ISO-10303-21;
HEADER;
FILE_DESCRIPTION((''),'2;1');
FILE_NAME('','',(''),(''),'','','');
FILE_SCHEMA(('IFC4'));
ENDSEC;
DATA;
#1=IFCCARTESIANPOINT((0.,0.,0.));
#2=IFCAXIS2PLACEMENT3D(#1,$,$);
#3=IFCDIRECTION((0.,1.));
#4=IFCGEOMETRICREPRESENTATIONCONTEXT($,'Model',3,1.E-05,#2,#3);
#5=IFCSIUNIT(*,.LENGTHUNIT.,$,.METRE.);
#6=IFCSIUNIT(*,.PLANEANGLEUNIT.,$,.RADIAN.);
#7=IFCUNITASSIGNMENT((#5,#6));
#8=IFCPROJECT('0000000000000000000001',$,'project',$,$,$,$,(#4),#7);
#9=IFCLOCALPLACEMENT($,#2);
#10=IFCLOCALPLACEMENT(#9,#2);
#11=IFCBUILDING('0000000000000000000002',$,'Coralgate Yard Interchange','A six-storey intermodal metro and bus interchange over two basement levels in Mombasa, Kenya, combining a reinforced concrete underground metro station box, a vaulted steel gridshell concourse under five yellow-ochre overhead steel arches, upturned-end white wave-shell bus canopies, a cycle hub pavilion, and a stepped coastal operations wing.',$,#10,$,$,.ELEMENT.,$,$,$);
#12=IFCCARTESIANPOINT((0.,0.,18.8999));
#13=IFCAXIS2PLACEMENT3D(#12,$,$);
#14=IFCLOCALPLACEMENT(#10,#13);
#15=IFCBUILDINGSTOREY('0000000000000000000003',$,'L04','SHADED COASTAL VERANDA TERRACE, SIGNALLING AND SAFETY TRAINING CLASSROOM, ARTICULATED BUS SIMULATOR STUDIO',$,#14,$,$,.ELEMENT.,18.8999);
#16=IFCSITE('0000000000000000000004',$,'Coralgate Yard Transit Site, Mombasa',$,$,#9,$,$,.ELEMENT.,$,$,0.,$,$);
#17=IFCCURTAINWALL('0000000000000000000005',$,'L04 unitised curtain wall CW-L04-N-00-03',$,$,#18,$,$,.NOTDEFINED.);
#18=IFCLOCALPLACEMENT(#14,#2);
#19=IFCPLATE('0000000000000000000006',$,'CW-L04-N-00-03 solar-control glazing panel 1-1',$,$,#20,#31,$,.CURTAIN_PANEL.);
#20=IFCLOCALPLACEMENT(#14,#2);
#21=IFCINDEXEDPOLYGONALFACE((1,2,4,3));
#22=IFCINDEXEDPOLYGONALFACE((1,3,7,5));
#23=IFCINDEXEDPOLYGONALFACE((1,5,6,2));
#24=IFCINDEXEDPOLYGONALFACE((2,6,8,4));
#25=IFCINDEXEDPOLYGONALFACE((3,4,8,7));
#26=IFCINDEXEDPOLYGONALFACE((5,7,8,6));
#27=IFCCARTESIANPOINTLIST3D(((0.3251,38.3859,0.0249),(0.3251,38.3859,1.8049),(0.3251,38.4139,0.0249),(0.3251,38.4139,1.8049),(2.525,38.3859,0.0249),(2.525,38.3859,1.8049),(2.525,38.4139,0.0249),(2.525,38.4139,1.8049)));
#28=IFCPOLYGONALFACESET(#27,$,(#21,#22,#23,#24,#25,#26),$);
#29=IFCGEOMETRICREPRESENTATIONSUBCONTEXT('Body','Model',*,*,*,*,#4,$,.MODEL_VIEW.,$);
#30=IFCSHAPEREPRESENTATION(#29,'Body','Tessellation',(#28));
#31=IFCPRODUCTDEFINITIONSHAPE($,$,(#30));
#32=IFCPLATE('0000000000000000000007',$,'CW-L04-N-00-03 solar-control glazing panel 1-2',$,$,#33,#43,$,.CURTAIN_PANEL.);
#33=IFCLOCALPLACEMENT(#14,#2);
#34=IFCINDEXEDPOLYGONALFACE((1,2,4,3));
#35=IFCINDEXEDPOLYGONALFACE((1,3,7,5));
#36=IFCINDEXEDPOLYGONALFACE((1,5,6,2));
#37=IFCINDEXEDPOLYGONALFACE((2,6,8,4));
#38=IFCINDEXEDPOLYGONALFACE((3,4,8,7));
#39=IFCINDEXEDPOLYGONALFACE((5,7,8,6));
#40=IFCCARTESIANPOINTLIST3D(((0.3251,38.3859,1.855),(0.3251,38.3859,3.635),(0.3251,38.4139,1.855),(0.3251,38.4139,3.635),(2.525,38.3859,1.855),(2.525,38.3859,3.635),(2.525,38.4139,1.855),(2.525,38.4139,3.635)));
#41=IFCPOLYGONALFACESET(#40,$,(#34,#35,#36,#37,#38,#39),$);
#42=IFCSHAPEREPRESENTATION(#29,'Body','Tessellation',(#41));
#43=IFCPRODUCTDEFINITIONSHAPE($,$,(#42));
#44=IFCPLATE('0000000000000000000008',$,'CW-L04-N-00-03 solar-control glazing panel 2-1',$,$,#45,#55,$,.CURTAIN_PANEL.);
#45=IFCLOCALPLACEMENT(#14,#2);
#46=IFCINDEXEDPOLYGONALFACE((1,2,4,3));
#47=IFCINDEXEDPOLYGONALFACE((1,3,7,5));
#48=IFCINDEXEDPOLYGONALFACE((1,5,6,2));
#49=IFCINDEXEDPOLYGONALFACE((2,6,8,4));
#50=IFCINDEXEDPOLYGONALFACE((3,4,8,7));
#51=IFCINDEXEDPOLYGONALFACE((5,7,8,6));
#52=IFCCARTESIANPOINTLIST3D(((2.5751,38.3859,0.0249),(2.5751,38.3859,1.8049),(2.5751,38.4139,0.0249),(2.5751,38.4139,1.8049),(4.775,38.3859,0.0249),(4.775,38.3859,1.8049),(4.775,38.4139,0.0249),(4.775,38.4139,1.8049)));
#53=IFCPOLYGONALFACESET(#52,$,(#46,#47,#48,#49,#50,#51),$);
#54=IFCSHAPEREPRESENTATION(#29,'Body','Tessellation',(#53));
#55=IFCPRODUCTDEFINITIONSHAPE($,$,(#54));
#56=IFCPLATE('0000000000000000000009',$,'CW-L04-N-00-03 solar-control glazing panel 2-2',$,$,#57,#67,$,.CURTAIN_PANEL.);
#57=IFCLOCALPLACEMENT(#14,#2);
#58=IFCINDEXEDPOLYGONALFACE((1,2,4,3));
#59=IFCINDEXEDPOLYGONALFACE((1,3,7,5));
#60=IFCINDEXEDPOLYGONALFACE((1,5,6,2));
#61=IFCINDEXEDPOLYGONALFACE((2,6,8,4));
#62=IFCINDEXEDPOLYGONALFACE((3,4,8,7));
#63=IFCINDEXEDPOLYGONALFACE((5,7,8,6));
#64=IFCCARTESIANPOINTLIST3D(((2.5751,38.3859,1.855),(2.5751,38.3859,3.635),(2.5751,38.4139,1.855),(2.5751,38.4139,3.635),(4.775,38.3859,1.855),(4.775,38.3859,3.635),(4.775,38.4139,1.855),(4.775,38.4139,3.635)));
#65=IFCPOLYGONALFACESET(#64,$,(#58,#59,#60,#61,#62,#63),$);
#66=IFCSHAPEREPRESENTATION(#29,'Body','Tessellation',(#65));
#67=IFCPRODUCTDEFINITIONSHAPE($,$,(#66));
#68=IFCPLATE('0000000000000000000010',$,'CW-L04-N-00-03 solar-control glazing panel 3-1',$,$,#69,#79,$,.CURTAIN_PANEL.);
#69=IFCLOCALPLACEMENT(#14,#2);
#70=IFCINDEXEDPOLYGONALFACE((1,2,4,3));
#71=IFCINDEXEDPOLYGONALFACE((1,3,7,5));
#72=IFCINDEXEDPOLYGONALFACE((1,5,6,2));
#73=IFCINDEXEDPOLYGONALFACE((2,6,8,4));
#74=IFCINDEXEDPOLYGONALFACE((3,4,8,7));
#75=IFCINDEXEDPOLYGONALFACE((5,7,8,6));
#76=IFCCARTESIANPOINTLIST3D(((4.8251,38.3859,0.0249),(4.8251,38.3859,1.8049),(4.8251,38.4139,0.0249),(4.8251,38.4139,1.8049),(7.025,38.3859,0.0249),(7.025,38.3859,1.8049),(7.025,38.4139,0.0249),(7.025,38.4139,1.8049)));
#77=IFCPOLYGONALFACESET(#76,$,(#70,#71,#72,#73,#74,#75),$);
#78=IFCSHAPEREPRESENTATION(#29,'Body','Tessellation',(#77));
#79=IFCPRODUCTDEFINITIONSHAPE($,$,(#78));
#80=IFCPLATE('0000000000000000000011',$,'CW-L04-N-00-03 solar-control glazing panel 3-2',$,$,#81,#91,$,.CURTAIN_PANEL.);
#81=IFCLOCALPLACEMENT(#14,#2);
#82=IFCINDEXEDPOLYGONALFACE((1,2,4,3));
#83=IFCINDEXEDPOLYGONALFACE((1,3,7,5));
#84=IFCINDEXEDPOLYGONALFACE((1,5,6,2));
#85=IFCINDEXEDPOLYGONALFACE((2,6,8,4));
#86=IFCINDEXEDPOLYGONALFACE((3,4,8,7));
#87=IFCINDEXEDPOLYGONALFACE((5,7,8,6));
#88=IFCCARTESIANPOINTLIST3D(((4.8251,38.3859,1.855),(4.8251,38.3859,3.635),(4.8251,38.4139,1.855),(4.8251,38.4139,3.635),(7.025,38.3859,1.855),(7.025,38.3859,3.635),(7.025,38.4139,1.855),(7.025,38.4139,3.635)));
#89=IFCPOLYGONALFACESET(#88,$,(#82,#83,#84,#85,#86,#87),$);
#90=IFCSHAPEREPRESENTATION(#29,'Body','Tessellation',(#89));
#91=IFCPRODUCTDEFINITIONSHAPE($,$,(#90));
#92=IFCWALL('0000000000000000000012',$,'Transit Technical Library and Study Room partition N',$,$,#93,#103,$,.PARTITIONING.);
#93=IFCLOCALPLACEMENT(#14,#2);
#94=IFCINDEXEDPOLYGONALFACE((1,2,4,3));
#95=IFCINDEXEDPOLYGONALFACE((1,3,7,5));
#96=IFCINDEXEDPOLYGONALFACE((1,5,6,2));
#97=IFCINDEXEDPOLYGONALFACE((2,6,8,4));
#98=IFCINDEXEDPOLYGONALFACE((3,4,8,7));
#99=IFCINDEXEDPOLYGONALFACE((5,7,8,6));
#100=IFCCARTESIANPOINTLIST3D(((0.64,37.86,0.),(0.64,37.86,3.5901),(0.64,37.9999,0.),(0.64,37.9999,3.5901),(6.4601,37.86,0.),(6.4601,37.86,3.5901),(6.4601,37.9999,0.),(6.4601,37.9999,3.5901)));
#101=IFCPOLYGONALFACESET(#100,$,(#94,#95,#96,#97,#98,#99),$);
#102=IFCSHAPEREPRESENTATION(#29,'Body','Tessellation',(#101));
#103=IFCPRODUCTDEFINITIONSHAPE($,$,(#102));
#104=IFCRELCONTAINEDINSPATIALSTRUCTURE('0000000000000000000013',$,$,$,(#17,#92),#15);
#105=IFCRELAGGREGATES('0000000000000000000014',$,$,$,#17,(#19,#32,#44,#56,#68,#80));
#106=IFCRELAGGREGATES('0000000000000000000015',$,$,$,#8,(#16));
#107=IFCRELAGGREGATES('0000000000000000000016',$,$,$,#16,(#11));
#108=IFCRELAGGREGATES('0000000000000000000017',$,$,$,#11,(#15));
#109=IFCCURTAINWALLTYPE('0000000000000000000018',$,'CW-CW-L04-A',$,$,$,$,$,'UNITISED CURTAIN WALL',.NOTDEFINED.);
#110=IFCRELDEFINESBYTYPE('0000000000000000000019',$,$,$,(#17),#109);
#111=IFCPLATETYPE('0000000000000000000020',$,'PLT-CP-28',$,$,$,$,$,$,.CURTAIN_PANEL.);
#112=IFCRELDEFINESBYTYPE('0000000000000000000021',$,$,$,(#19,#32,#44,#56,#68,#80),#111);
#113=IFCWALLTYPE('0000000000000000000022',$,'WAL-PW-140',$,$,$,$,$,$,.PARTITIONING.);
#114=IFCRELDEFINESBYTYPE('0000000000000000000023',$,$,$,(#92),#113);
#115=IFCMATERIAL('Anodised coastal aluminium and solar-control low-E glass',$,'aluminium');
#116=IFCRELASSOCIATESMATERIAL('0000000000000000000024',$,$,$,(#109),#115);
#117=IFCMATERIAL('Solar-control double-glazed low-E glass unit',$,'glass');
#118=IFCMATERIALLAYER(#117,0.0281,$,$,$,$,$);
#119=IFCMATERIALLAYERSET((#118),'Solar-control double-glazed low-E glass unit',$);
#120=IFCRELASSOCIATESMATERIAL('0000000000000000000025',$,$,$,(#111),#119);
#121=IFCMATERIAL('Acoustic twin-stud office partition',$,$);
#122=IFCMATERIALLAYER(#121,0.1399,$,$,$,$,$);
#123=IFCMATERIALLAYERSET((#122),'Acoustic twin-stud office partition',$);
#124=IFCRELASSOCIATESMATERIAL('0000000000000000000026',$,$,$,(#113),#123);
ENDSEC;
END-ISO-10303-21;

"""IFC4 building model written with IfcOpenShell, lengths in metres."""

from ifc_helpers import new_model, si_unit, direction, frame, frame_2d, origin, origin_2d, place, context, subcontext, project, spatial, rectangle, extrude, material, layer, layer_set, type_object, element, aggregate, save


model = new_model("IFC4")

# Units and contexts
model_context = context("Model", 3, precision=1e-05, world=origin(), true_north=direction((0.0, 1.0)))
body_context = subcontext(model_context, "Body", "Model", "MODEL_VIEW")
ifc_project = project(units=[si_unit("LENGTHUNIT", "METRE"), si_unit("PLANEANGLEUNIT", "RADIAN")], contexts=[model_context])

# Site, building, storey
site_placement = place(None, origin())
site = spatial("IfcSite", under=ifc_project, at=site_placement, Name="Coralgate Yard Transit Site, Mombasa", CompositionType="ELEMENT", RefElevation=0.0)
building_placement = place(site_placement, origin())
building = spatial("IfcBuilding", under=site, at=building_placement, Name="Coralgate Yard Interchange", Description="A six-storey intermodal metro and bus interchange over two basement levels in Mombasa, Kenya, combining a reinforced concrete underground metro station box, a vaulted steel gridshell concourse under five yellow-ochre overhead steel arches, upturned-end white wave-shell bus canopies, a cycle hub pavilion, and a stepped coastal operations wing.", CompositionType="ELEMENT")
storey_placement = place(building_placement, frame((0.0, 0.0, 18.8999)))
storey = spatial("IfcBuildingStorey", under=building, at=storey_placement, Name="L04", Description="SHADED COASTAL VERANDA TERRACE, SIGNALLING AND SAFETY TRAINING CLASSROOM, ARTICULATED BUS SIMULATOR STUDIO", CompositionType="ELEMENT", Elevation=18.8999)

# Curtain wall
ifc_material_1 = material(Name="Anodised coastal aluminium and solar-control low-E glass", Category="aluminium")
curtain_wall_type = type_object("IfcCurtainWallType", Name="CW-CW-L04-A", ElementType="UNITISED CURTAIN WALL", PredefinedType="NOTDEFINED", material=ifc_material_1)
curtain_wall_1_placement = place(storey_placement, origin())
curtain_wall_1 = element("IfcCurtainWall", 1, at=curtain_wall_1_placement, inside=storey, type_object=curtain_wall_type, Name="L04 unitised curtain wall CW-L04-N-00-03", PredefinedType="NOTDEFINED")

# Plates
ifc_material_2 = material(Name="Solar-control double-glazed low-E glass unit", Category="glass")
ifc_layer_1 = layer(ifc_material_2, 0.0281)
ifc_layer_set_1 = layer_set([ifc_layer_1], Name="Solar-control double-glazed low-E glass unit")
plate_type = type_object("IfcPlateType", Name="PLT-CP-28", PredefinedType="CURTAIN_PANEL", material=ifc_layer_set_1)
plate_1_placement = place(storey_placement, frame((1.425, 38.3999, 0.0249), z_axis=(0.0, 0.0, 1.0), x_axis=(1.0, 0.0, 0.0)))
plate_1 = element("IfcPlate", 2, at=plate_1_placement, type_object=plate_type, Name="CW-L04-N-00-03 solar-control glazing panel 1-1", PredefinedType="CURTAIN_PANEL", context=body_context, shape_type="SweptSolid", body=[
    extrude(rectangle(XDim=2.2, YDim=0.0281, at=origin_2d()), origin(), (0.0, 0.0, 1.0), 1.78),
])
plate_2_placement = place(storey_placement, frame((1.425, 38.3999, 1.855), z_axis=(0.0, 0.0, 1.0), x_axis=(1.0, 0.0, 0.0)))
plate_2 = element("IfcPlate", 3, at=plate_2_placement, type_object=plate_type, Name="CW-L04-N-00-03 solar-control glazing panel 1-2", PredefinedType="CURTAIN_PANEL", context=body_context, shape_type="SweptSolid", body=[
    extrude(rectangle(XDim=2.2, YDim=0.0281, at=origin_2d()), origin(), (0.0, 0.0, 1.0), 1.78),
])
plate_3_placement = place(storey_placement, frame((3.675, 38.3999, 0.0249), z_axis=(0.0, 0.0, 1.0), x_axis=(1.0, 0.0, 0.0)))
plate_3 = element("IfcPlate", 4, at=plate_3_placement, type_object=plate_type, Name="CW-L04-N-00-03 solar-control glazing panel 2-1", PredefinedType="CURTAIN_PANEL", context=body_context, shape_type="SweptSolid", body=[
    extrude(rectangle(XDim=2.2, YDim=0.0281, at=origin_2d()), origin(), (0.0, 0.0, 1.0), 1.78),
])
plate_4_placement = place(storey_placement, frame((3.675, 38.3999, 1.855), z_axis=(0.0, 0.0, 1.0), x_axis=(1.0, 0.0, 0.0)))
plate_4 = element("IfcPlate", 5, at=plate_4_placement, type_object=plate_type, Name="CW-L04-N-00-03 solar-control glazing panel 2-2", PredefinedType="CURTAIN_PANEL", context=body_context, shape_type="SweptSolid", body=[
    extrude(rectangle(XDim=2.2, YDim=0.0281, at=origin_2d()), origin(), (0.0, 0.0, 1.0), 1.78),
])
plate_5_placement = place(storey_placement, frame((5.925, 38.3999, 0.0249), z_axis=(0.0, 0.0, 1.0), x_axis=(1.0, 0.0, 0.0)))
plate_5 = element("IfcPlate", 6, at=plate_5_placement, type_object=plate_type, Name="CW-L04-N-00-03 solar-control glazing panel 3-1", PredefinedType="CURTAIN_PANEL", context=body_context, shape_type="SweptSolid", body=[
    extrude(rectangle(XDim=2.2, YDim=0.0281, at=origin_2d()), origin(), (0.0, 0.0, 1.0), 1.78),
])
plate_6_placement = place(storey_placement, frame((5.925, 38.3999, 1.855), z_axis=(0.0, 0.0, 1.0), x_axis=(1.0, 0.0, 0.0)))
plate_6 = element("IfcPlate", 7, at=plate_6_placement, type_object=plate_type, Name="CW-L04-N-00-03 solar-control glazing panel 3-2", PredefinedType="CURTAIN_PANEL", context=body_context, shape_type="SweptSolid", body=[
    extrude(rectangle(XDim=2.2, YDim=0.0281, at=origin_2d()), origin(), (0.0, 0.0, 1.0), 1.78),
])
aggregate(curtain_wall_1, [plate_1, plate_2, plate_3, plate_4, plate_5, plate_6])

# Wall
ifc_material_3 = material(Name="Acoustic twin-stud office partition")
ifc_layer_2 = layer(ifc_material_3, 0.1399)
ifc_layer_set_2 = layer_set([ifc_layer_2], Name="Acoustic twin-stud office partition")
wall_type = type_object("IfcWallType", Name="WAL-PW-140", PredefinedType="PARTITIONING", material=ifc_layer_set_2)
wall_placement = place(storey_placement, frame((0.6399, 37.9299, 0.0), z_axis=(0.0, 0.0, 1.0), x_axis=(1.0, 0.0, 0.0)))
element("IfcWall", 8, at=wall_placement, inside=storey, type_object=wall_type, Name="Transit Technical Library and Study Room partition N", PredefinedType="PARTITIONING", context=body_context, shape_type="SweptSolid", body=[
    extrude(rectangle(XDim=5.8201, YDim=0.1399, at=frame_2d((2.9102, 0.0))), origin(), (0.0, 0.0, 1.0), 3.5901),
])

save(model, "model.ifc")
